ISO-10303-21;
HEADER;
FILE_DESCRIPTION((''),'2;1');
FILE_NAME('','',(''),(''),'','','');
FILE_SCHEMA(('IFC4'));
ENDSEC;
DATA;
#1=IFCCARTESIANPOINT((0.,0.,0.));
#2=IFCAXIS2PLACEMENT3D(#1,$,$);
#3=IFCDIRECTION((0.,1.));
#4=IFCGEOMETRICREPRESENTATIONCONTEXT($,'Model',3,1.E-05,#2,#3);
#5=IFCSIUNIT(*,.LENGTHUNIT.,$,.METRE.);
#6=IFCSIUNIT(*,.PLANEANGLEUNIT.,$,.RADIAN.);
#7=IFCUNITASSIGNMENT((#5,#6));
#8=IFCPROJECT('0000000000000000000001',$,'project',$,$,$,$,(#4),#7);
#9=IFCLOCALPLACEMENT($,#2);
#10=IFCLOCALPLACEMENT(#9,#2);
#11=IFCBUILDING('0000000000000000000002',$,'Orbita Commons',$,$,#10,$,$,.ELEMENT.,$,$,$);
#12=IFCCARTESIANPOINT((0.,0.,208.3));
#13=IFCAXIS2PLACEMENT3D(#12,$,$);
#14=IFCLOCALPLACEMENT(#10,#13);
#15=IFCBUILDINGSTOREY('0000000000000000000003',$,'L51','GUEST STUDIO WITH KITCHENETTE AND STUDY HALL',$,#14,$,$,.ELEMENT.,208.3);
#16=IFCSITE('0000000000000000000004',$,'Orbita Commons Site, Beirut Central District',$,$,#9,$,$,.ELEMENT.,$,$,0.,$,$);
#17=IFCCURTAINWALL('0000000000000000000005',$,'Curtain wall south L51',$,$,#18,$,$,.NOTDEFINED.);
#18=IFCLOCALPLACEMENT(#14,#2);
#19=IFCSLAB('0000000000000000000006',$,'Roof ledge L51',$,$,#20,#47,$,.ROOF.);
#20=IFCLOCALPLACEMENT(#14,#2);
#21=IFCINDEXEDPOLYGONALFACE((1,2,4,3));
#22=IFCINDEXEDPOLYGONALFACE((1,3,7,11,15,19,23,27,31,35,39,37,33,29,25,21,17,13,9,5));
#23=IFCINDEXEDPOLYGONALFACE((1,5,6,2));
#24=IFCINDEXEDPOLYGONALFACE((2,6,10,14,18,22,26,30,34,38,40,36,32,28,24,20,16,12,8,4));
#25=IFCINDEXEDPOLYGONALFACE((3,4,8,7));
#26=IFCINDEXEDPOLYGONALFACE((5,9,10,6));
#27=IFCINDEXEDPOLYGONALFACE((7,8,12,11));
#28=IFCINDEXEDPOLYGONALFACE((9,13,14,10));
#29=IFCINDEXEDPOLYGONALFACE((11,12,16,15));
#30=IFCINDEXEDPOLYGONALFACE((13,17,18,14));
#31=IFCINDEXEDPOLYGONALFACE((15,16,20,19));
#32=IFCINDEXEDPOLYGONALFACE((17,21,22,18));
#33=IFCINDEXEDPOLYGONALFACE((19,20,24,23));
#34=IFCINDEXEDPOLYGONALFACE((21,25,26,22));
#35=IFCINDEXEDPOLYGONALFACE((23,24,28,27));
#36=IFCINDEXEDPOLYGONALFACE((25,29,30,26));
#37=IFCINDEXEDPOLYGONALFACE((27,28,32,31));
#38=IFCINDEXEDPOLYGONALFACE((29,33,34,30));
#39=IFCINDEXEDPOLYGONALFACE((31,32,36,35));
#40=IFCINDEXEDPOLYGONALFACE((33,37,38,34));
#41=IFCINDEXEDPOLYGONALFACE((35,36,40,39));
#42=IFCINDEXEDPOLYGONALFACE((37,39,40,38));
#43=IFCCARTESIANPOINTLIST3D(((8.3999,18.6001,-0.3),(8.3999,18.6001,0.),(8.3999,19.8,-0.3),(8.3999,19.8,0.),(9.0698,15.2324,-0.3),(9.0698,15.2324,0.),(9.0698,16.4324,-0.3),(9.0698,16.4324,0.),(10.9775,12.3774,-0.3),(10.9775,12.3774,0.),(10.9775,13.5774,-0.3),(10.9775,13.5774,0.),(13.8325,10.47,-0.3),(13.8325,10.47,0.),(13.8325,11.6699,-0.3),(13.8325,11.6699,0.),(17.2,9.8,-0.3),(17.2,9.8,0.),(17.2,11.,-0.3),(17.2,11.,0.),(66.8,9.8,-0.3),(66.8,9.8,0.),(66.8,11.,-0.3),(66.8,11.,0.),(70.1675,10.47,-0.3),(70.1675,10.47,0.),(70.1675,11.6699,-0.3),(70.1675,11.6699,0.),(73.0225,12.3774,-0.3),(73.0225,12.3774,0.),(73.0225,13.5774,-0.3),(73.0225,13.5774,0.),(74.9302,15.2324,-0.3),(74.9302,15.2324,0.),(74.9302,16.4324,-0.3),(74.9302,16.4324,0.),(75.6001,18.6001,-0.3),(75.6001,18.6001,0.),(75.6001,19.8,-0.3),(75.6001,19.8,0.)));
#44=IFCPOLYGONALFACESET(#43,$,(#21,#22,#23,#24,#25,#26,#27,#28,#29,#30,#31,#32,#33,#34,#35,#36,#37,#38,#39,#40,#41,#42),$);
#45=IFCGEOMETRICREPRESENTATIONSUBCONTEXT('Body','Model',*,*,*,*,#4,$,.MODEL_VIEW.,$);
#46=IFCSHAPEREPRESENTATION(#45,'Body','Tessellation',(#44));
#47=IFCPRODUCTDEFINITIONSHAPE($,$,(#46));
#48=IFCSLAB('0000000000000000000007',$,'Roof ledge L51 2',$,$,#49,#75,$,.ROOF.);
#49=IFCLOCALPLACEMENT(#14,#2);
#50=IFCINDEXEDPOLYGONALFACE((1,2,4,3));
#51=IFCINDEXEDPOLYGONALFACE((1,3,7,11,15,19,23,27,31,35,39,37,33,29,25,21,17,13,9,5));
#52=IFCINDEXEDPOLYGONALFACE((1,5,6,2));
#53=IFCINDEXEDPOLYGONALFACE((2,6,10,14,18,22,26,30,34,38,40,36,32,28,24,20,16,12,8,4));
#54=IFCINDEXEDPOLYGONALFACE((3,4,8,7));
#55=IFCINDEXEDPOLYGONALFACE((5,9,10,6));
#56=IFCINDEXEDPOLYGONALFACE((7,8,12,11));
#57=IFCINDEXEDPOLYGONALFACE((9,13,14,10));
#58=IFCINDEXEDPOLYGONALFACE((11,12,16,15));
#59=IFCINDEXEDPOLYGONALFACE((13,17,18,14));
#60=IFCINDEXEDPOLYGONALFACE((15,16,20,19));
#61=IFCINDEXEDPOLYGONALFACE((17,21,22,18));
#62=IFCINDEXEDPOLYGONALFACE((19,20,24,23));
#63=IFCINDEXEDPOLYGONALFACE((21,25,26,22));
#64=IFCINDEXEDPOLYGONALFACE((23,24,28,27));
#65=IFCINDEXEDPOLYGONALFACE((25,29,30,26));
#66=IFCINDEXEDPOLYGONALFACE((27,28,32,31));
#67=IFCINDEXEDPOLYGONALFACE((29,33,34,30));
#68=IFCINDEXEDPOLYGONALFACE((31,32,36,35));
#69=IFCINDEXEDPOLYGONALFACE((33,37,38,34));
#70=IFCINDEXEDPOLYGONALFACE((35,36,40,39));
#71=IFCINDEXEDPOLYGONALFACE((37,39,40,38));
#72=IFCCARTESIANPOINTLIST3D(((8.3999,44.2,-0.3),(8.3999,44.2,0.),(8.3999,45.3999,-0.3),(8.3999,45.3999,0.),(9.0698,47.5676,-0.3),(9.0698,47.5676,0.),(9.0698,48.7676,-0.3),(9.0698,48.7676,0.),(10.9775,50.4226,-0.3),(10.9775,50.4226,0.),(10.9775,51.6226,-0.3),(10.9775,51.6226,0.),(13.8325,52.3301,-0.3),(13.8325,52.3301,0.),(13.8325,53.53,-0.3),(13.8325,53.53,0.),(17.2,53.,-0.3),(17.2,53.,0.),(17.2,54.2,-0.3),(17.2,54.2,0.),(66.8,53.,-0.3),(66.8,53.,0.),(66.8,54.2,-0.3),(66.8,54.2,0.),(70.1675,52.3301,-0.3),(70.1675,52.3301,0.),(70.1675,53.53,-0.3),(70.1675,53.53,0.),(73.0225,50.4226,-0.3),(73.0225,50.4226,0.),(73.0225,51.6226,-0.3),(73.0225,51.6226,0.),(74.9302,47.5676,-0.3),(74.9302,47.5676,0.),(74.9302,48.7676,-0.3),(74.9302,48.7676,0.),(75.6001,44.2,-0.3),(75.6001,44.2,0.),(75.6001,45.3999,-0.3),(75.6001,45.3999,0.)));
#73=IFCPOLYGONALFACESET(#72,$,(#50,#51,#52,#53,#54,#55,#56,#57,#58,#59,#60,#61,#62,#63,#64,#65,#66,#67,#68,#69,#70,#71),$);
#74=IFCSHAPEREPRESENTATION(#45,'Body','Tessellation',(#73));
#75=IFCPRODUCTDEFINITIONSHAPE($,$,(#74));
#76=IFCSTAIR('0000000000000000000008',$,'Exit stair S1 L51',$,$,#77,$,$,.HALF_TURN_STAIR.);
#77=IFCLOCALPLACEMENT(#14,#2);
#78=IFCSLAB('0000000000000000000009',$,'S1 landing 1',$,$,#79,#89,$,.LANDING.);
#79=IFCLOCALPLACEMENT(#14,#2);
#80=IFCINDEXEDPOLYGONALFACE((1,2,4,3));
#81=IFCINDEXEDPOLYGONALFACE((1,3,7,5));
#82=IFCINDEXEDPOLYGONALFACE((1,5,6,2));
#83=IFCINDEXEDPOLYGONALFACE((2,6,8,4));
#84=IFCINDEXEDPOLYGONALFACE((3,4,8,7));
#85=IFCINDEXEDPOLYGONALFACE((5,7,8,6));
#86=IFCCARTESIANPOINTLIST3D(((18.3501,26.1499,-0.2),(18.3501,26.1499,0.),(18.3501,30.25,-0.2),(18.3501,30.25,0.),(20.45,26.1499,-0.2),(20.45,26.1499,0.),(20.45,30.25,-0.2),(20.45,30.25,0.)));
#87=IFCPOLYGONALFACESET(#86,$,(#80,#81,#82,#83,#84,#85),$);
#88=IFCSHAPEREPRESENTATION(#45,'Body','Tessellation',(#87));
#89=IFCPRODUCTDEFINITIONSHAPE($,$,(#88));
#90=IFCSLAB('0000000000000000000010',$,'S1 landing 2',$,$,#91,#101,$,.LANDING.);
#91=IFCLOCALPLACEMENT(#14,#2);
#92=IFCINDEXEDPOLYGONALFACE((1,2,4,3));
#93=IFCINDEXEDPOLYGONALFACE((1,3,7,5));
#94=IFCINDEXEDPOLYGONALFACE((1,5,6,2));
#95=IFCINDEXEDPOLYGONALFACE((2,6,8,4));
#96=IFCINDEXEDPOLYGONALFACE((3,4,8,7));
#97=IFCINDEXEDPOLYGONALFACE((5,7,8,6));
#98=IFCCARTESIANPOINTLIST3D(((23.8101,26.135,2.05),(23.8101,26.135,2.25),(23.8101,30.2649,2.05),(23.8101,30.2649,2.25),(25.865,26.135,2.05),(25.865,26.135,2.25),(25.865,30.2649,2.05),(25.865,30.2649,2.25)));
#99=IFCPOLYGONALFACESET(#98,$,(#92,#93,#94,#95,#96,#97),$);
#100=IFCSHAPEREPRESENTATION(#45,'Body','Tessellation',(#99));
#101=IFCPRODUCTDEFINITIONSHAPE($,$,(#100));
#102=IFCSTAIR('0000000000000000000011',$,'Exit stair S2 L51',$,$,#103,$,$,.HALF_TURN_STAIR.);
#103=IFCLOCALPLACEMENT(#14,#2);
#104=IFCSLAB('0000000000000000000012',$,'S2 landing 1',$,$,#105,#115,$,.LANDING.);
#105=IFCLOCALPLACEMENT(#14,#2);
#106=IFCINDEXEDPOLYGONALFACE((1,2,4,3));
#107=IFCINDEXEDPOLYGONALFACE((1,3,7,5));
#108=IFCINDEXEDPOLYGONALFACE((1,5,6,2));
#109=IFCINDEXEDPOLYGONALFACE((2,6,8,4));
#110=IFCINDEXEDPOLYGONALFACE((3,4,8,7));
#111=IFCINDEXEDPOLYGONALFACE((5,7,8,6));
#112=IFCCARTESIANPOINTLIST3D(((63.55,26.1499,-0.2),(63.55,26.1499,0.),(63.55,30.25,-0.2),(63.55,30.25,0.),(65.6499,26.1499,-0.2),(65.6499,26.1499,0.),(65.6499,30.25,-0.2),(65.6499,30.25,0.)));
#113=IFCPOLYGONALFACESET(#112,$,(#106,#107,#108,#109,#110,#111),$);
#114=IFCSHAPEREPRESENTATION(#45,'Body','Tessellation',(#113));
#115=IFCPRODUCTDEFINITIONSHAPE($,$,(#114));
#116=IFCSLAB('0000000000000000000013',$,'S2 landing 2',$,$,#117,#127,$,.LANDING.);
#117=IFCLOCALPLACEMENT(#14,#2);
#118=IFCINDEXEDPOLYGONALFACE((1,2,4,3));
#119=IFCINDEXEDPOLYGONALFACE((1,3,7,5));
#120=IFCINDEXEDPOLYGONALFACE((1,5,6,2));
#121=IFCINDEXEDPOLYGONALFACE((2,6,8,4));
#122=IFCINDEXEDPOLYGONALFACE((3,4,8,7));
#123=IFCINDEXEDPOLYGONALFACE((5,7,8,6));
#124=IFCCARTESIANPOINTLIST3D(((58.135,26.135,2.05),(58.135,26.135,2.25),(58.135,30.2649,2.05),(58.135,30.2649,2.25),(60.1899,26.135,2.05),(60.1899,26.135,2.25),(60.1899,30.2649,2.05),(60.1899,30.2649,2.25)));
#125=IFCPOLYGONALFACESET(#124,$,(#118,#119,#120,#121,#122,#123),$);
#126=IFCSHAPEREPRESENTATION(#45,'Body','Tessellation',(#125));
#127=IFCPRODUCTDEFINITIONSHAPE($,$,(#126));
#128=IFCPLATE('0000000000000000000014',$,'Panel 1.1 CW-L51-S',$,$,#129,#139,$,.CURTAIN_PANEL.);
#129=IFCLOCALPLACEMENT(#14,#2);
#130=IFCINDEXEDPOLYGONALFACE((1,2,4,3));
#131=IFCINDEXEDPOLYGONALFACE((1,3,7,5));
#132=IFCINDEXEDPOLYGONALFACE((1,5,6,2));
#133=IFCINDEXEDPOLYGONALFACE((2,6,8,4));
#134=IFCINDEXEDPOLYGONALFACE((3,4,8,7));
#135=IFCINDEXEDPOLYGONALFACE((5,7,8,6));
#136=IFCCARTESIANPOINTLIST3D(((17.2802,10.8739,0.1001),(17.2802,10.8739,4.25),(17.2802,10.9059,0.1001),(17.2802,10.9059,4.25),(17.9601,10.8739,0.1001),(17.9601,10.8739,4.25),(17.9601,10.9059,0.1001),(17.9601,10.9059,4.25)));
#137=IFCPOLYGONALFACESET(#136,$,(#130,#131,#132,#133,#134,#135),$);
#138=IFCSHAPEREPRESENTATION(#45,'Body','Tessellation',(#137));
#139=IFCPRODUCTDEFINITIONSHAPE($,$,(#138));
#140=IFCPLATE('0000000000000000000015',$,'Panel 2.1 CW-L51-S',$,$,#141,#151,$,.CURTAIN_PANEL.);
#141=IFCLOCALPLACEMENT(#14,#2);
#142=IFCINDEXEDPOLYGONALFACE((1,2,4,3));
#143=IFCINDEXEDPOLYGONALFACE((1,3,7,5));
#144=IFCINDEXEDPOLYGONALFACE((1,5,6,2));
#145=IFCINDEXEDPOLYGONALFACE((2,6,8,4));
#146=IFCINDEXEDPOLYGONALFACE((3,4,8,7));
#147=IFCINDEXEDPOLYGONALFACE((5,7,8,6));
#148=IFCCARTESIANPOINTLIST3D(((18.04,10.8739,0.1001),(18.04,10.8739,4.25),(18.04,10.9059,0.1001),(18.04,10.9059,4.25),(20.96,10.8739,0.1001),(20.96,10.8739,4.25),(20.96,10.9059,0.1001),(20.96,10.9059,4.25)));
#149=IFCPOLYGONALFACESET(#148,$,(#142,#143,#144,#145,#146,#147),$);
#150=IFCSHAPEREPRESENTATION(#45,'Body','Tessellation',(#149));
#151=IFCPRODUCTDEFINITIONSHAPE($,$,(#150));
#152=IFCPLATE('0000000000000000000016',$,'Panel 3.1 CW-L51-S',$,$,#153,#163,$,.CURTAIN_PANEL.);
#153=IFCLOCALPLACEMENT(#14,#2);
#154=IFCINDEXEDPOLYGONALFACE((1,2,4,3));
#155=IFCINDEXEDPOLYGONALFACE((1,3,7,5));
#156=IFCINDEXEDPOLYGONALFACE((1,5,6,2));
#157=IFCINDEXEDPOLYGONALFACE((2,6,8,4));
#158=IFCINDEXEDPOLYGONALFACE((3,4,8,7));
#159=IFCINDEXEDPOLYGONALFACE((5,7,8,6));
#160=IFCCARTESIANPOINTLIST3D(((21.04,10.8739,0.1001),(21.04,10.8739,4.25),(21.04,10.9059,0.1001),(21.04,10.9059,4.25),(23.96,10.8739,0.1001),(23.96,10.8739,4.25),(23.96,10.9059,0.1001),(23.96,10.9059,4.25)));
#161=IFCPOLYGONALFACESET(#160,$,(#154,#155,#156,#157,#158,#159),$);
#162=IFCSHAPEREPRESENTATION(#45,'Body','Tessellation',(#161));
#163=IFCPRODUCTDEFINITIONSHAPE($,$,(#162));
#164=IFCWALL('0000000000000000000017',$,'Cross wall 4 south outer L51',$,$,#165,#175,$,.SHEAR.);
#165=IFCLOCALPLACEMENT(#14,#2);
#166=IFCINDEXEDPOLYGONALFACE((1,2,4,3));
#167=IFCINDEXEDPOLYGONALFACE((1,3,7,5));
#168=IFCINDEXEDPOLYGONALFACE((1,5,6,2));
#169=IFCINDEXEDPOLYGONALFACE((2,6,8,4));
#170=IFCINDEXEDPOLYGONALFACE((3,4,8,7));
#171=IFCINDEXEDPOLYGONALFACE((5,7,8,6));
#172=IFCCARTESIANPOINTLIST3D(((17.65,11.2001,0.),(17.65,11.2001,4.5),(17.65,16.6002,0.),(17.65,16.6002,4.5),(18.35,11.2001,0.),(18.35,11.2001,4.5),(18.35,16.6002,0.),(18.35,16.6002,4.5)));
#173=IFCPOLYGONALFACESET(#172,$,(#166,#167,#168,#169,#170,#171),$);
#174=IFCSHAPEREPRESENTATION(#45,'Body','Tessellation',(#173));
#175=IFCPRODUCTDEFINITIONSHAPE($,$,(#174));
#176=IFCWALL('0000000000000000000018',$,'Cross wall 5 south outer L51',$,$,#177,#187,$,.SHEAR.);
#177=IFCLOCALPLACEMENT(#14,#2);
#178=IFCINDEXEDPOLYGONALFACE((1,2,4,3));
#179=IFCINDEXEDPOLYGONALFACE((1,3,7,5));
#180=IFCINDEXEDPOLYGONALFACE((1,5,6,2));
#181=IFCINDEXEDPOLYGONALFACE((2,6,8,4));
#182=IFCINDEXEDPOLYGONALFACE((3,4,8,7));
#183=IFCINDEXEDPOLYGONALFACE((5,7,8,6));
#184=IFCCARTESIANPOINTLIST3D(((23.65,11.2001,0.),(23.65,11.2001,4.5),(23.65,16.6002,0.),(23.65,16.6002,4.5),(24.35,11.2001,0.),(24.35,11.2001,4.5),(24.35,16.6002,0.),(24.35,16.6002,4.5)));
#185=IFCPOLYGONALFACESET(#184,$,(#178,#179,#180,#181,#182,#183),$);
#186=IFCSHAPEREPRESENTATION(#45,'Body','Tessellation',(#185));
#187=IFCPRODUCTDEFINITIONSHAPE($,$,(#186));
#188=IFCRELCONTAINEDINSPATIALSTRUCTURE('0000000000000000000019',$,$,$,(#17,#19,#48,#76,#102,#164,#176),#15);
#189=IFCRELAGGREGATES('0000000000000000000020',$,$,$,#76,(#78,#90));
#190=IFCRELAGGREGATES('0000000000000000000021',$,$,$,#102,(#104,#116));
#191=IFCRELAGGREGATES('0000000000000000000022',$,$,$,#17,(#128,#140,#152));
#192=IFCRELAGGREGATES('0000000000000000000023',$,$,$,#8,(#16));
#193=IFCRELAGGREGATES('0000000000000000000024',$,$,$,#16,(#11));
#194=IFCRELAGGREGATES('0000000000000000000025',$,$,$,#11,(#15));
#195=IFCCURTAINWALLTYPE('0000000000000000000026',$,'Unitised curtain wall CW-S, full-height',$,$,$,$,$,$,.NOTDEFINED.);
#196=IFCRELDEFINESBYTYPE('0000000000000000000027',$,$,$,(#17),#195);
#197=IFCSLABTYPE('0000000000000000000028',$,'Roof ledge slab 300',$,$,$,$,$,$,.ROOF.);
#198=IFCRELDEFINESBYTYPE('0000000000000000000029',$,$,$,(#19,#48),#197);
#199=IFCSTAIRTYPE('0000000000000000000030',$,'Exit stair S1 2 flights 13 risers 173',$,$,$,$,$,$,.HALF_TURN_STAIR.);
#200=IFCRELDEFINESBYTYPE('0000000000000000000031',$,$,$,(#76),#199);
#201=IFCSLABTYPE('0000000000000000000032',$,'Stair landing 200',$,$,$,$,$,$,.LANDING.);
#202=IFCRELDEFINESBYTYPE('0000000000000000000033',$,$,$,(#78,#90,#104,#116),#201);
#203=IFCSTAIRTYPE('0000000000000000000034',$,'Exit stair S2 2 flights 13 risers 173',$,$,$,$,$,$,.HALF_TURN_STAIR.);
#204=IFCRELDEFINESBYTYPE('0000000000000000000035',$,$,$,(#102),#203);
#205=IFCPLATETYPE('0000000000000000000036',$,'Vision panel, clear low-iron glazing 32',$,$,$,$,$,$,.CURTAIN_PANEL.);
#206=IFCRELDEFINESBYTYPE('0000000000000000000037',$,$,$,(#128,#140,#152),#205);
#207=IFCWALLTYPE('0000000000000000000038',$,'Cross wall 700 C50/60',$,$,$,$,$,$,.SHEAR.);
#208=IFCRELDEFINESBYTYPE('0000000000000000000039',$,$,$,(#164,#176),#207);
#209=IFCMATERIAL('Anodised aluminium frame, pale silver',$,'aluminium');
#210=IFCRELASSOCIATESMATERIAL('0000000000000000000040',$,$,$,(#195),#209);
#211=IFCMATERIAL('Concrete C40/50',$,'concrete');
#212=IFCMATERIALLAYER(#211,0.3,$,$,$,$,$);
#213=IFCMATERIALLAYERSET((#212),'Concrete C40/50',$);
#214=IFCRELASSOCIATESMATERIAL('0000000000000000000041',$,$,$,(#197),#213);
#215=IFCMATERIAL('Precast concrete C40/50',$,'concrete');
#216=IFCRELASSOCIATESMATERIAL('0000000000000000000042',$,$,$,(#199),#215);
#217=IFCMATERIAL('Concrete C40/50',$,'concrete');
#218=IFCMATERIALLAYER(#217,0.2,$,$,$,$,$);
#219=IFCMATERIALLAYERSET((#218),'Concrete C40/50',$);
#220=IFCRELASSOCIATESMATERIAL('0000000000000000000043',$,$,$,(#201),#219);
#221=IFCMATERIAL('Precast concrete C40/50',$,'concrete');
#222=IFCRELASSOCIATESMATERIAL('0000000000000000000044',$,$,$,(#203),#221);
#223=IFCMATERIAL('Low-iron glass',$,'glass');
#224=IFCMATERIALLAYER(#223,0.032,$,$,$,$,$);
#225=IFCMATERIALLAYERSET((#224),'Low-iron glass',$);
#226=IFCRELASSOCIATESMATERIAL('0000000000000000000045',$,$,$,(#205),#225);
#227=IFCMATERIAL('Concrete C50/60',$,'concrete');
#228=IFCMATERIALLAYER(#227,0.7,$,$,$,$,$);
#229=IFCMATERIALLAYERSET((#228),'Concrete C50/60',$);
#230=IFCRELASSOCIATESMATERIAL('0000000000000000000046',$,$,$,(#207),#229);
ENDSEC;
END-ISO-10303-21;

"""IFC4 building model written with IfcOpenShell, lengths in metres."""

from ifc_helpers import new_model, si_unit, direction, frame, frame_2d, origin, origin_2d, place, context, subcontext, project, spatial, polyline, rectangle, outline, extrude, material, layer, layer_set, type_object, element, aggregate, save


model = new_model("IFC4")

# Units and contexts
model_context = context("Model", 3, precision=1e-05, world=origin(), true_north=direction((0.0, 1.0)))
body_context = subcontext(model_context, "Body", "Model", "MODEL_VIEW")
ifc_project = project(units=[si_unit("LENGTHUNIT", "METRE"), si_unit("PLANEANGLEUNIT", "RADIAN")], contexts=[model_context])

# Site, building, storey
site_placement = place(None, origin())
site = spatial("IfcSite", under=ifc_project, at=site_placement, Name="Orbita Commons Site, Beirut Central District", CompositionType="ELEMENT", RefElevation=0.0)
building_placement = place(site_placement, origin())
building = spatial("IfcBuilding", under=site, at=building_placement, Name="Orbita Commons", CompositionType="ELEMENT")
storey_placement = place(building_placement, frame((0.0, 0.0, 208.3)))
storey = spatial("IfcBuildingStorey", under=building, at=storey_placement, Name="L51", Description="GUEST STUDIO WITH KITCHENETTE AND STUDY HALL", CompositionType="ELEMENT", Elevation=208.3)

# Curtain wall
ifc_material_1 = material(Name="Anodised aluminium frame, pale silver", Category="aluminium")
curtain_wall_type = type_object("IfcCurtainWallType", Name="Unitised curtain wall CW-S, full-height", PredefinedType="NOTDEFINED", material=ifc_material_1)
curtain_wall_placement = place(storey_placement, origin())
curtain_wall = element("IfcCurtainWall", 1, at=curtain_wall_placement, inside=storey, type_object=curtain_wall_type, Name="Curtain wall south L51", PredefinedType="NOTDEFINED")

# Slabs
ifc_material_2 = material(Name="Concrete C40/50", Category="concrete")
ifc_layer_1 = layer(ifc_material_2, 0.3)
ifc_layer_set_1 = layer_set([ifc_layer_1], Name="Concrete C40/50")
slab_type_1 = type_object("IfcSlabType", Name="Roof ledge slab 300", PredefinedType="ROOF", material=ifc_layer_set_1)
slab_1_placement = place(storey_placement, frame((0.0, 0.0, -0.3)))
element("IfcSlab", 2, at=slab_1_placement, inside=storey, type_object=slab_type_1, Name="Roof ledge L51", PredefinedType="ROOF", context=body_context, shape_type="SweptSolid", body=[
    extrude(outline(polyline([(75.6001, 18.6001), (74.9302, 15.2324), (73.0225, 12.3774), (70.1675, 10.47), (66.8, 9.8), (17.2, 9.8), (13.8325, 10.47), (10.9775, 12.3774), (9.0698, 15.2324), (8.3999, 18.6001), (8.3999, 19.8), (9.0698, 16.4324), (10.9775, 13.5774), (13.8325, 11.6699), (17.2, 11.0), (66.8, 11.0), (70.1675, 11.6699), (73.0225, 13.5774), (74.9302, 16.4324), (75.6001, 19.8), (75.6001, 18.6001)])), origin(), (0.0, 0.0, 1.0), 0.3),
])
slab_2_placement = place(storey_placement, frame((0.0, 0.0, -0.3)))
element("IfcSlab", 3, at=slab_2_placement, inside=storey, type_object=slab_type_1, Name="Roof ledge L51 2", PredefinedType="ROOF", context=body_context, shape_type="SweptSolid", body=[
    extrude(outline(polyline([(8.3999, 45.3999), (9.0698, 48.7676), (10.9775, 51.6226), (13.8325, 53.53), (17.2, 54.2), (66.8, 54.2), (70.1675, 53.53), (73.0225, 51.6226), (74.9302, 48.7676), (75.6001, 45.3999), (75.6001, 44.2), (74.9302, 47.5676), (73.0225, 50.4226), (70.1675, 52.3301), (66.8, 53.0), (17.2, 53.0), (13.8325, 52.3301), (10.9775, 50.4226), (9.0698, 47.5676), (8.3999, 44.2), (8.3999, 45.3999)])), origin(), (0.0, 0.0, 1.0), 0.3),
])

# Stairs, slabs
ifc_material_3 = material(Name="Precast concrete C40/50", Category="concrete")
stair_type_1 = type_object("IfcStairType", Name="Exit stair S1 2 flights 13 risers 173", PredefinedType="HALF_TURN_STAIR", material=ifc_material_3)
stair_1_placement = place(storey_placement, origin())
stair_1 = element("IfcStair", 4, at=stair_1_placement, inside=storey, type_object=stair_type_1, Name="Exit stair S1 L51", PredefinedType="HALF_TURN_STAIR")
ifc_material_4 = material(Name="Concrete C40/50", Category="concrete")
ifc_layer_2 = layer(ifc_material_4, 0.2)
ifc_layer_set_2 = layer_set([ifc_layer_2], Name="Concrete C40/50")
slab_type_2 = type_object("IfcSlabType", Name="Stair landing 200", PredefinedType="LANDING", material=ifc_layer_set_2)
slab_3_placement = place(storey_placement, frame((0.0, 0.0, -0.2)))
slab_3 = element("IfcSlab", 5, at=slab_3_placement, type_object=slab_type_2, Name="S1 landing 1", PredefinedType="LANDING", context=body_context, shape_type="SweptSolid", body=[
    extrude(outline(polyline([(18.3501, 26.1499), (20.45, 26.1499), (20.45, 30.25), (18.3501, 30.25), (18.3501, 26.1499)])), origin(), (0.0, 0.0, 1.0), 0.2),
])
slab_4_placement = place(storey_placement, frame((0.0, 0.0, 2.05)))
slab_4 = element("IfcSlab", 6, at=slab_4_placement, type_object=slab_type_2, Name="S1 landing 2", PredefinedType="LANDING", context=body_context, shape_type="SweptSolid", body=[
    extrude(outline(polyline([(23.8101, 26.135), (25.865, 26.135), (25.865, 30.2649), (23.8101, 30.2649), (23.8101, 26.135)])), origin(), (0.0, 0.0, 1.0), 0.2),
])
aggregate(stair_1, [slab_3, slab_4])
ifc_material_5 = material(Name="Precast concrete C40/50", Category="concrete")
stair_type_2 = type_object("IfcStairType", Name="Exit stair S2 2 flights 13 risers 173", PredefinedType="HALF_TURN_STAIR", material=ifc_material_5)
stair_2_placement = place(storey_placement, origin())
stair_2 = element("IfcStair", 7, at=stair_2_placement, inside=storey, type_object=stair_type_2, Name="Exit stair S2 L51", PredefinedType="HALF_TURN_STAIR")
slab_5_placement = place(storey_placement, frame((0.0, 0.0, -0.2)))
slab_5 = element("IfcSlab", 8, at=slab_5_placement, type_object=slab_type_2, Name="S2 landing 1", PredefinedType="LANDING", context=body_context, shape_type="SweptSolid", body=[
    extrude(outline(polyline([(63.55, 26.1499), (65.6499, 26.1499), (65.6499, 30.25), (63.55, 30.25), (63.55, 26.1499)])), origin(), (0.0, 0.0, 1.0), 0.2),
])
slab_6_placement = place(storey_placement, frame((0.0, 0.0, 2.05)))
slab_6 = element("IfcSlab", 9, at=slab_6_placement, type_object=slab_type_2, Name="S2 landing 2", PredefinedType="LANDING", context=body_context, shape_type="SweptSolid", body=[
    extrude(outline(polyline([(58.135, 26.135), (60.1899, 26.135), (60.1899, 30.2649), (58.135, 30.2649), (58.135, 26.135)])), origin(), (0.0, 0.0, 1.0), 0.2),
])
aggregate(stair_2, [slab_5, slab_6])

# Plates
ifc_material_6 = material(Name="Low-iron glass", Category="glass")
ifc_layer_3 = layer(ifc_material_6, 0.032)
ifc_layer_set_3 = layer_set([ifc_layer_3], Name="Low-iron glass")
plate_type = type_object("IfcPlateType", Name="Vision panel, clear low-iron glazing 32", PredefinedType="CURTAIN_PANEL", material=ifc_layer_set_3)
plate_1_placement = place(storey_placement, frame((17.6201, 10.8899, 0.1001), z_axis=(0.0, 0.0, 1.0), x_axis=(1.0, 0.0, 0.0)))
plate_1 = element("IfcPlate", 10, at=plate_1_placement, type_object=plate_type, Name="Panel 1.1 CW-L51-S", PredefinedType="CURTAIN_PANEL", context=body_context, shape_type="SweptSolid", body=[
    extrude(rectangle(XDim=0.6799, YDim=0.032, at=origin_2d()), origin(), (0.0, 0.0, 1.0), 4.1499),
])
plate_2_placement = place(storey_placement, frame((19.5, 10.8899, 0.1001), z_axis=(0.0, 0.0, 1.0), x_axis=(1.0, 0.0, 0.0)))
plate_2 = element("IfcPlate", 11, at=plate_2_placement, type_object=plate_type, Name="Panel 2.1 CW-L51-S", PredefinedType="CURTAIN_PANEL", context=body_context, shape_type="SweptSolid", body=[
    extrude(rectangle(XDim=2.9199, YDim=0.032, at=origin_2d()), origin(), (0.0, 0.0, 1.0), 4.1499),
])
plate_3_placement = place(storey_placement, frame((22.5, 10.8899, 0.1001), z_axis=(0.0, 0.0, 1.0), x_axis=(1.0, 0.0, 0.0)))
plate_3 = element("IfcPlate", 12, at=plate_3_placement, type_object=plate_type, Name="Panel 3.1 CW-L51-S", PredefinedType="CURTAIN_PANEL", context=body_context, shape_type="SweptSolid", body=[
    extrude(rectangle(XDim=2.9199, YDim=0.032, at=origin_2d()), origin(), (0.0, 0.0, 1.0), 4.1499),
])
aggregate(curtain_wall, [plate_1, plate_2, plate_3])

# Walls
ifc_material_7 = material(Name="Concrete C50/60", Category="concrete")
ifc_layer_4 = layer(ifc_material_7, 0.7)
ifc_layer_set_4 = layer_set([ifc_layer_4], Name="Concrete C50/60")
wall_type_1 = type_object("IfcWallType", Name="Cross wall 700 C50/60", PredefinedType="SHEAR", material=ifc_layer_set_4)
for number, where, z_axis, x_axis, name in (
    (13, (18.0, 11.2, 0.0), (0.0, 0.0, 1.0), (0.0, 1.0, 0.0), "Cross wall 4 south outer L51"),
    (14, (24.0, 11.2, 0.0), (0.0, 0.0, 1.0), (0.0, 1.0, 0.0), "Cross wall 5 south outer L51"),
):
    element("IfcWall", number, at=place(storey_placement, frame(where, z_axis=z_axis, x_axis=x_axis)), inside=storey, type_object=wall_type_1, Name=name, PredefinedType="SHEAR", context=body_context, shape_type="SweptSolid", body=[
        extrude(rectangle(XDim=5.4001, YDim=0.7, at=frame_2d((2.7002, 0.0))), origin(), (0.0, 0.0, 1.0), 4.5),
    ])

save(model, "model.ifc")
